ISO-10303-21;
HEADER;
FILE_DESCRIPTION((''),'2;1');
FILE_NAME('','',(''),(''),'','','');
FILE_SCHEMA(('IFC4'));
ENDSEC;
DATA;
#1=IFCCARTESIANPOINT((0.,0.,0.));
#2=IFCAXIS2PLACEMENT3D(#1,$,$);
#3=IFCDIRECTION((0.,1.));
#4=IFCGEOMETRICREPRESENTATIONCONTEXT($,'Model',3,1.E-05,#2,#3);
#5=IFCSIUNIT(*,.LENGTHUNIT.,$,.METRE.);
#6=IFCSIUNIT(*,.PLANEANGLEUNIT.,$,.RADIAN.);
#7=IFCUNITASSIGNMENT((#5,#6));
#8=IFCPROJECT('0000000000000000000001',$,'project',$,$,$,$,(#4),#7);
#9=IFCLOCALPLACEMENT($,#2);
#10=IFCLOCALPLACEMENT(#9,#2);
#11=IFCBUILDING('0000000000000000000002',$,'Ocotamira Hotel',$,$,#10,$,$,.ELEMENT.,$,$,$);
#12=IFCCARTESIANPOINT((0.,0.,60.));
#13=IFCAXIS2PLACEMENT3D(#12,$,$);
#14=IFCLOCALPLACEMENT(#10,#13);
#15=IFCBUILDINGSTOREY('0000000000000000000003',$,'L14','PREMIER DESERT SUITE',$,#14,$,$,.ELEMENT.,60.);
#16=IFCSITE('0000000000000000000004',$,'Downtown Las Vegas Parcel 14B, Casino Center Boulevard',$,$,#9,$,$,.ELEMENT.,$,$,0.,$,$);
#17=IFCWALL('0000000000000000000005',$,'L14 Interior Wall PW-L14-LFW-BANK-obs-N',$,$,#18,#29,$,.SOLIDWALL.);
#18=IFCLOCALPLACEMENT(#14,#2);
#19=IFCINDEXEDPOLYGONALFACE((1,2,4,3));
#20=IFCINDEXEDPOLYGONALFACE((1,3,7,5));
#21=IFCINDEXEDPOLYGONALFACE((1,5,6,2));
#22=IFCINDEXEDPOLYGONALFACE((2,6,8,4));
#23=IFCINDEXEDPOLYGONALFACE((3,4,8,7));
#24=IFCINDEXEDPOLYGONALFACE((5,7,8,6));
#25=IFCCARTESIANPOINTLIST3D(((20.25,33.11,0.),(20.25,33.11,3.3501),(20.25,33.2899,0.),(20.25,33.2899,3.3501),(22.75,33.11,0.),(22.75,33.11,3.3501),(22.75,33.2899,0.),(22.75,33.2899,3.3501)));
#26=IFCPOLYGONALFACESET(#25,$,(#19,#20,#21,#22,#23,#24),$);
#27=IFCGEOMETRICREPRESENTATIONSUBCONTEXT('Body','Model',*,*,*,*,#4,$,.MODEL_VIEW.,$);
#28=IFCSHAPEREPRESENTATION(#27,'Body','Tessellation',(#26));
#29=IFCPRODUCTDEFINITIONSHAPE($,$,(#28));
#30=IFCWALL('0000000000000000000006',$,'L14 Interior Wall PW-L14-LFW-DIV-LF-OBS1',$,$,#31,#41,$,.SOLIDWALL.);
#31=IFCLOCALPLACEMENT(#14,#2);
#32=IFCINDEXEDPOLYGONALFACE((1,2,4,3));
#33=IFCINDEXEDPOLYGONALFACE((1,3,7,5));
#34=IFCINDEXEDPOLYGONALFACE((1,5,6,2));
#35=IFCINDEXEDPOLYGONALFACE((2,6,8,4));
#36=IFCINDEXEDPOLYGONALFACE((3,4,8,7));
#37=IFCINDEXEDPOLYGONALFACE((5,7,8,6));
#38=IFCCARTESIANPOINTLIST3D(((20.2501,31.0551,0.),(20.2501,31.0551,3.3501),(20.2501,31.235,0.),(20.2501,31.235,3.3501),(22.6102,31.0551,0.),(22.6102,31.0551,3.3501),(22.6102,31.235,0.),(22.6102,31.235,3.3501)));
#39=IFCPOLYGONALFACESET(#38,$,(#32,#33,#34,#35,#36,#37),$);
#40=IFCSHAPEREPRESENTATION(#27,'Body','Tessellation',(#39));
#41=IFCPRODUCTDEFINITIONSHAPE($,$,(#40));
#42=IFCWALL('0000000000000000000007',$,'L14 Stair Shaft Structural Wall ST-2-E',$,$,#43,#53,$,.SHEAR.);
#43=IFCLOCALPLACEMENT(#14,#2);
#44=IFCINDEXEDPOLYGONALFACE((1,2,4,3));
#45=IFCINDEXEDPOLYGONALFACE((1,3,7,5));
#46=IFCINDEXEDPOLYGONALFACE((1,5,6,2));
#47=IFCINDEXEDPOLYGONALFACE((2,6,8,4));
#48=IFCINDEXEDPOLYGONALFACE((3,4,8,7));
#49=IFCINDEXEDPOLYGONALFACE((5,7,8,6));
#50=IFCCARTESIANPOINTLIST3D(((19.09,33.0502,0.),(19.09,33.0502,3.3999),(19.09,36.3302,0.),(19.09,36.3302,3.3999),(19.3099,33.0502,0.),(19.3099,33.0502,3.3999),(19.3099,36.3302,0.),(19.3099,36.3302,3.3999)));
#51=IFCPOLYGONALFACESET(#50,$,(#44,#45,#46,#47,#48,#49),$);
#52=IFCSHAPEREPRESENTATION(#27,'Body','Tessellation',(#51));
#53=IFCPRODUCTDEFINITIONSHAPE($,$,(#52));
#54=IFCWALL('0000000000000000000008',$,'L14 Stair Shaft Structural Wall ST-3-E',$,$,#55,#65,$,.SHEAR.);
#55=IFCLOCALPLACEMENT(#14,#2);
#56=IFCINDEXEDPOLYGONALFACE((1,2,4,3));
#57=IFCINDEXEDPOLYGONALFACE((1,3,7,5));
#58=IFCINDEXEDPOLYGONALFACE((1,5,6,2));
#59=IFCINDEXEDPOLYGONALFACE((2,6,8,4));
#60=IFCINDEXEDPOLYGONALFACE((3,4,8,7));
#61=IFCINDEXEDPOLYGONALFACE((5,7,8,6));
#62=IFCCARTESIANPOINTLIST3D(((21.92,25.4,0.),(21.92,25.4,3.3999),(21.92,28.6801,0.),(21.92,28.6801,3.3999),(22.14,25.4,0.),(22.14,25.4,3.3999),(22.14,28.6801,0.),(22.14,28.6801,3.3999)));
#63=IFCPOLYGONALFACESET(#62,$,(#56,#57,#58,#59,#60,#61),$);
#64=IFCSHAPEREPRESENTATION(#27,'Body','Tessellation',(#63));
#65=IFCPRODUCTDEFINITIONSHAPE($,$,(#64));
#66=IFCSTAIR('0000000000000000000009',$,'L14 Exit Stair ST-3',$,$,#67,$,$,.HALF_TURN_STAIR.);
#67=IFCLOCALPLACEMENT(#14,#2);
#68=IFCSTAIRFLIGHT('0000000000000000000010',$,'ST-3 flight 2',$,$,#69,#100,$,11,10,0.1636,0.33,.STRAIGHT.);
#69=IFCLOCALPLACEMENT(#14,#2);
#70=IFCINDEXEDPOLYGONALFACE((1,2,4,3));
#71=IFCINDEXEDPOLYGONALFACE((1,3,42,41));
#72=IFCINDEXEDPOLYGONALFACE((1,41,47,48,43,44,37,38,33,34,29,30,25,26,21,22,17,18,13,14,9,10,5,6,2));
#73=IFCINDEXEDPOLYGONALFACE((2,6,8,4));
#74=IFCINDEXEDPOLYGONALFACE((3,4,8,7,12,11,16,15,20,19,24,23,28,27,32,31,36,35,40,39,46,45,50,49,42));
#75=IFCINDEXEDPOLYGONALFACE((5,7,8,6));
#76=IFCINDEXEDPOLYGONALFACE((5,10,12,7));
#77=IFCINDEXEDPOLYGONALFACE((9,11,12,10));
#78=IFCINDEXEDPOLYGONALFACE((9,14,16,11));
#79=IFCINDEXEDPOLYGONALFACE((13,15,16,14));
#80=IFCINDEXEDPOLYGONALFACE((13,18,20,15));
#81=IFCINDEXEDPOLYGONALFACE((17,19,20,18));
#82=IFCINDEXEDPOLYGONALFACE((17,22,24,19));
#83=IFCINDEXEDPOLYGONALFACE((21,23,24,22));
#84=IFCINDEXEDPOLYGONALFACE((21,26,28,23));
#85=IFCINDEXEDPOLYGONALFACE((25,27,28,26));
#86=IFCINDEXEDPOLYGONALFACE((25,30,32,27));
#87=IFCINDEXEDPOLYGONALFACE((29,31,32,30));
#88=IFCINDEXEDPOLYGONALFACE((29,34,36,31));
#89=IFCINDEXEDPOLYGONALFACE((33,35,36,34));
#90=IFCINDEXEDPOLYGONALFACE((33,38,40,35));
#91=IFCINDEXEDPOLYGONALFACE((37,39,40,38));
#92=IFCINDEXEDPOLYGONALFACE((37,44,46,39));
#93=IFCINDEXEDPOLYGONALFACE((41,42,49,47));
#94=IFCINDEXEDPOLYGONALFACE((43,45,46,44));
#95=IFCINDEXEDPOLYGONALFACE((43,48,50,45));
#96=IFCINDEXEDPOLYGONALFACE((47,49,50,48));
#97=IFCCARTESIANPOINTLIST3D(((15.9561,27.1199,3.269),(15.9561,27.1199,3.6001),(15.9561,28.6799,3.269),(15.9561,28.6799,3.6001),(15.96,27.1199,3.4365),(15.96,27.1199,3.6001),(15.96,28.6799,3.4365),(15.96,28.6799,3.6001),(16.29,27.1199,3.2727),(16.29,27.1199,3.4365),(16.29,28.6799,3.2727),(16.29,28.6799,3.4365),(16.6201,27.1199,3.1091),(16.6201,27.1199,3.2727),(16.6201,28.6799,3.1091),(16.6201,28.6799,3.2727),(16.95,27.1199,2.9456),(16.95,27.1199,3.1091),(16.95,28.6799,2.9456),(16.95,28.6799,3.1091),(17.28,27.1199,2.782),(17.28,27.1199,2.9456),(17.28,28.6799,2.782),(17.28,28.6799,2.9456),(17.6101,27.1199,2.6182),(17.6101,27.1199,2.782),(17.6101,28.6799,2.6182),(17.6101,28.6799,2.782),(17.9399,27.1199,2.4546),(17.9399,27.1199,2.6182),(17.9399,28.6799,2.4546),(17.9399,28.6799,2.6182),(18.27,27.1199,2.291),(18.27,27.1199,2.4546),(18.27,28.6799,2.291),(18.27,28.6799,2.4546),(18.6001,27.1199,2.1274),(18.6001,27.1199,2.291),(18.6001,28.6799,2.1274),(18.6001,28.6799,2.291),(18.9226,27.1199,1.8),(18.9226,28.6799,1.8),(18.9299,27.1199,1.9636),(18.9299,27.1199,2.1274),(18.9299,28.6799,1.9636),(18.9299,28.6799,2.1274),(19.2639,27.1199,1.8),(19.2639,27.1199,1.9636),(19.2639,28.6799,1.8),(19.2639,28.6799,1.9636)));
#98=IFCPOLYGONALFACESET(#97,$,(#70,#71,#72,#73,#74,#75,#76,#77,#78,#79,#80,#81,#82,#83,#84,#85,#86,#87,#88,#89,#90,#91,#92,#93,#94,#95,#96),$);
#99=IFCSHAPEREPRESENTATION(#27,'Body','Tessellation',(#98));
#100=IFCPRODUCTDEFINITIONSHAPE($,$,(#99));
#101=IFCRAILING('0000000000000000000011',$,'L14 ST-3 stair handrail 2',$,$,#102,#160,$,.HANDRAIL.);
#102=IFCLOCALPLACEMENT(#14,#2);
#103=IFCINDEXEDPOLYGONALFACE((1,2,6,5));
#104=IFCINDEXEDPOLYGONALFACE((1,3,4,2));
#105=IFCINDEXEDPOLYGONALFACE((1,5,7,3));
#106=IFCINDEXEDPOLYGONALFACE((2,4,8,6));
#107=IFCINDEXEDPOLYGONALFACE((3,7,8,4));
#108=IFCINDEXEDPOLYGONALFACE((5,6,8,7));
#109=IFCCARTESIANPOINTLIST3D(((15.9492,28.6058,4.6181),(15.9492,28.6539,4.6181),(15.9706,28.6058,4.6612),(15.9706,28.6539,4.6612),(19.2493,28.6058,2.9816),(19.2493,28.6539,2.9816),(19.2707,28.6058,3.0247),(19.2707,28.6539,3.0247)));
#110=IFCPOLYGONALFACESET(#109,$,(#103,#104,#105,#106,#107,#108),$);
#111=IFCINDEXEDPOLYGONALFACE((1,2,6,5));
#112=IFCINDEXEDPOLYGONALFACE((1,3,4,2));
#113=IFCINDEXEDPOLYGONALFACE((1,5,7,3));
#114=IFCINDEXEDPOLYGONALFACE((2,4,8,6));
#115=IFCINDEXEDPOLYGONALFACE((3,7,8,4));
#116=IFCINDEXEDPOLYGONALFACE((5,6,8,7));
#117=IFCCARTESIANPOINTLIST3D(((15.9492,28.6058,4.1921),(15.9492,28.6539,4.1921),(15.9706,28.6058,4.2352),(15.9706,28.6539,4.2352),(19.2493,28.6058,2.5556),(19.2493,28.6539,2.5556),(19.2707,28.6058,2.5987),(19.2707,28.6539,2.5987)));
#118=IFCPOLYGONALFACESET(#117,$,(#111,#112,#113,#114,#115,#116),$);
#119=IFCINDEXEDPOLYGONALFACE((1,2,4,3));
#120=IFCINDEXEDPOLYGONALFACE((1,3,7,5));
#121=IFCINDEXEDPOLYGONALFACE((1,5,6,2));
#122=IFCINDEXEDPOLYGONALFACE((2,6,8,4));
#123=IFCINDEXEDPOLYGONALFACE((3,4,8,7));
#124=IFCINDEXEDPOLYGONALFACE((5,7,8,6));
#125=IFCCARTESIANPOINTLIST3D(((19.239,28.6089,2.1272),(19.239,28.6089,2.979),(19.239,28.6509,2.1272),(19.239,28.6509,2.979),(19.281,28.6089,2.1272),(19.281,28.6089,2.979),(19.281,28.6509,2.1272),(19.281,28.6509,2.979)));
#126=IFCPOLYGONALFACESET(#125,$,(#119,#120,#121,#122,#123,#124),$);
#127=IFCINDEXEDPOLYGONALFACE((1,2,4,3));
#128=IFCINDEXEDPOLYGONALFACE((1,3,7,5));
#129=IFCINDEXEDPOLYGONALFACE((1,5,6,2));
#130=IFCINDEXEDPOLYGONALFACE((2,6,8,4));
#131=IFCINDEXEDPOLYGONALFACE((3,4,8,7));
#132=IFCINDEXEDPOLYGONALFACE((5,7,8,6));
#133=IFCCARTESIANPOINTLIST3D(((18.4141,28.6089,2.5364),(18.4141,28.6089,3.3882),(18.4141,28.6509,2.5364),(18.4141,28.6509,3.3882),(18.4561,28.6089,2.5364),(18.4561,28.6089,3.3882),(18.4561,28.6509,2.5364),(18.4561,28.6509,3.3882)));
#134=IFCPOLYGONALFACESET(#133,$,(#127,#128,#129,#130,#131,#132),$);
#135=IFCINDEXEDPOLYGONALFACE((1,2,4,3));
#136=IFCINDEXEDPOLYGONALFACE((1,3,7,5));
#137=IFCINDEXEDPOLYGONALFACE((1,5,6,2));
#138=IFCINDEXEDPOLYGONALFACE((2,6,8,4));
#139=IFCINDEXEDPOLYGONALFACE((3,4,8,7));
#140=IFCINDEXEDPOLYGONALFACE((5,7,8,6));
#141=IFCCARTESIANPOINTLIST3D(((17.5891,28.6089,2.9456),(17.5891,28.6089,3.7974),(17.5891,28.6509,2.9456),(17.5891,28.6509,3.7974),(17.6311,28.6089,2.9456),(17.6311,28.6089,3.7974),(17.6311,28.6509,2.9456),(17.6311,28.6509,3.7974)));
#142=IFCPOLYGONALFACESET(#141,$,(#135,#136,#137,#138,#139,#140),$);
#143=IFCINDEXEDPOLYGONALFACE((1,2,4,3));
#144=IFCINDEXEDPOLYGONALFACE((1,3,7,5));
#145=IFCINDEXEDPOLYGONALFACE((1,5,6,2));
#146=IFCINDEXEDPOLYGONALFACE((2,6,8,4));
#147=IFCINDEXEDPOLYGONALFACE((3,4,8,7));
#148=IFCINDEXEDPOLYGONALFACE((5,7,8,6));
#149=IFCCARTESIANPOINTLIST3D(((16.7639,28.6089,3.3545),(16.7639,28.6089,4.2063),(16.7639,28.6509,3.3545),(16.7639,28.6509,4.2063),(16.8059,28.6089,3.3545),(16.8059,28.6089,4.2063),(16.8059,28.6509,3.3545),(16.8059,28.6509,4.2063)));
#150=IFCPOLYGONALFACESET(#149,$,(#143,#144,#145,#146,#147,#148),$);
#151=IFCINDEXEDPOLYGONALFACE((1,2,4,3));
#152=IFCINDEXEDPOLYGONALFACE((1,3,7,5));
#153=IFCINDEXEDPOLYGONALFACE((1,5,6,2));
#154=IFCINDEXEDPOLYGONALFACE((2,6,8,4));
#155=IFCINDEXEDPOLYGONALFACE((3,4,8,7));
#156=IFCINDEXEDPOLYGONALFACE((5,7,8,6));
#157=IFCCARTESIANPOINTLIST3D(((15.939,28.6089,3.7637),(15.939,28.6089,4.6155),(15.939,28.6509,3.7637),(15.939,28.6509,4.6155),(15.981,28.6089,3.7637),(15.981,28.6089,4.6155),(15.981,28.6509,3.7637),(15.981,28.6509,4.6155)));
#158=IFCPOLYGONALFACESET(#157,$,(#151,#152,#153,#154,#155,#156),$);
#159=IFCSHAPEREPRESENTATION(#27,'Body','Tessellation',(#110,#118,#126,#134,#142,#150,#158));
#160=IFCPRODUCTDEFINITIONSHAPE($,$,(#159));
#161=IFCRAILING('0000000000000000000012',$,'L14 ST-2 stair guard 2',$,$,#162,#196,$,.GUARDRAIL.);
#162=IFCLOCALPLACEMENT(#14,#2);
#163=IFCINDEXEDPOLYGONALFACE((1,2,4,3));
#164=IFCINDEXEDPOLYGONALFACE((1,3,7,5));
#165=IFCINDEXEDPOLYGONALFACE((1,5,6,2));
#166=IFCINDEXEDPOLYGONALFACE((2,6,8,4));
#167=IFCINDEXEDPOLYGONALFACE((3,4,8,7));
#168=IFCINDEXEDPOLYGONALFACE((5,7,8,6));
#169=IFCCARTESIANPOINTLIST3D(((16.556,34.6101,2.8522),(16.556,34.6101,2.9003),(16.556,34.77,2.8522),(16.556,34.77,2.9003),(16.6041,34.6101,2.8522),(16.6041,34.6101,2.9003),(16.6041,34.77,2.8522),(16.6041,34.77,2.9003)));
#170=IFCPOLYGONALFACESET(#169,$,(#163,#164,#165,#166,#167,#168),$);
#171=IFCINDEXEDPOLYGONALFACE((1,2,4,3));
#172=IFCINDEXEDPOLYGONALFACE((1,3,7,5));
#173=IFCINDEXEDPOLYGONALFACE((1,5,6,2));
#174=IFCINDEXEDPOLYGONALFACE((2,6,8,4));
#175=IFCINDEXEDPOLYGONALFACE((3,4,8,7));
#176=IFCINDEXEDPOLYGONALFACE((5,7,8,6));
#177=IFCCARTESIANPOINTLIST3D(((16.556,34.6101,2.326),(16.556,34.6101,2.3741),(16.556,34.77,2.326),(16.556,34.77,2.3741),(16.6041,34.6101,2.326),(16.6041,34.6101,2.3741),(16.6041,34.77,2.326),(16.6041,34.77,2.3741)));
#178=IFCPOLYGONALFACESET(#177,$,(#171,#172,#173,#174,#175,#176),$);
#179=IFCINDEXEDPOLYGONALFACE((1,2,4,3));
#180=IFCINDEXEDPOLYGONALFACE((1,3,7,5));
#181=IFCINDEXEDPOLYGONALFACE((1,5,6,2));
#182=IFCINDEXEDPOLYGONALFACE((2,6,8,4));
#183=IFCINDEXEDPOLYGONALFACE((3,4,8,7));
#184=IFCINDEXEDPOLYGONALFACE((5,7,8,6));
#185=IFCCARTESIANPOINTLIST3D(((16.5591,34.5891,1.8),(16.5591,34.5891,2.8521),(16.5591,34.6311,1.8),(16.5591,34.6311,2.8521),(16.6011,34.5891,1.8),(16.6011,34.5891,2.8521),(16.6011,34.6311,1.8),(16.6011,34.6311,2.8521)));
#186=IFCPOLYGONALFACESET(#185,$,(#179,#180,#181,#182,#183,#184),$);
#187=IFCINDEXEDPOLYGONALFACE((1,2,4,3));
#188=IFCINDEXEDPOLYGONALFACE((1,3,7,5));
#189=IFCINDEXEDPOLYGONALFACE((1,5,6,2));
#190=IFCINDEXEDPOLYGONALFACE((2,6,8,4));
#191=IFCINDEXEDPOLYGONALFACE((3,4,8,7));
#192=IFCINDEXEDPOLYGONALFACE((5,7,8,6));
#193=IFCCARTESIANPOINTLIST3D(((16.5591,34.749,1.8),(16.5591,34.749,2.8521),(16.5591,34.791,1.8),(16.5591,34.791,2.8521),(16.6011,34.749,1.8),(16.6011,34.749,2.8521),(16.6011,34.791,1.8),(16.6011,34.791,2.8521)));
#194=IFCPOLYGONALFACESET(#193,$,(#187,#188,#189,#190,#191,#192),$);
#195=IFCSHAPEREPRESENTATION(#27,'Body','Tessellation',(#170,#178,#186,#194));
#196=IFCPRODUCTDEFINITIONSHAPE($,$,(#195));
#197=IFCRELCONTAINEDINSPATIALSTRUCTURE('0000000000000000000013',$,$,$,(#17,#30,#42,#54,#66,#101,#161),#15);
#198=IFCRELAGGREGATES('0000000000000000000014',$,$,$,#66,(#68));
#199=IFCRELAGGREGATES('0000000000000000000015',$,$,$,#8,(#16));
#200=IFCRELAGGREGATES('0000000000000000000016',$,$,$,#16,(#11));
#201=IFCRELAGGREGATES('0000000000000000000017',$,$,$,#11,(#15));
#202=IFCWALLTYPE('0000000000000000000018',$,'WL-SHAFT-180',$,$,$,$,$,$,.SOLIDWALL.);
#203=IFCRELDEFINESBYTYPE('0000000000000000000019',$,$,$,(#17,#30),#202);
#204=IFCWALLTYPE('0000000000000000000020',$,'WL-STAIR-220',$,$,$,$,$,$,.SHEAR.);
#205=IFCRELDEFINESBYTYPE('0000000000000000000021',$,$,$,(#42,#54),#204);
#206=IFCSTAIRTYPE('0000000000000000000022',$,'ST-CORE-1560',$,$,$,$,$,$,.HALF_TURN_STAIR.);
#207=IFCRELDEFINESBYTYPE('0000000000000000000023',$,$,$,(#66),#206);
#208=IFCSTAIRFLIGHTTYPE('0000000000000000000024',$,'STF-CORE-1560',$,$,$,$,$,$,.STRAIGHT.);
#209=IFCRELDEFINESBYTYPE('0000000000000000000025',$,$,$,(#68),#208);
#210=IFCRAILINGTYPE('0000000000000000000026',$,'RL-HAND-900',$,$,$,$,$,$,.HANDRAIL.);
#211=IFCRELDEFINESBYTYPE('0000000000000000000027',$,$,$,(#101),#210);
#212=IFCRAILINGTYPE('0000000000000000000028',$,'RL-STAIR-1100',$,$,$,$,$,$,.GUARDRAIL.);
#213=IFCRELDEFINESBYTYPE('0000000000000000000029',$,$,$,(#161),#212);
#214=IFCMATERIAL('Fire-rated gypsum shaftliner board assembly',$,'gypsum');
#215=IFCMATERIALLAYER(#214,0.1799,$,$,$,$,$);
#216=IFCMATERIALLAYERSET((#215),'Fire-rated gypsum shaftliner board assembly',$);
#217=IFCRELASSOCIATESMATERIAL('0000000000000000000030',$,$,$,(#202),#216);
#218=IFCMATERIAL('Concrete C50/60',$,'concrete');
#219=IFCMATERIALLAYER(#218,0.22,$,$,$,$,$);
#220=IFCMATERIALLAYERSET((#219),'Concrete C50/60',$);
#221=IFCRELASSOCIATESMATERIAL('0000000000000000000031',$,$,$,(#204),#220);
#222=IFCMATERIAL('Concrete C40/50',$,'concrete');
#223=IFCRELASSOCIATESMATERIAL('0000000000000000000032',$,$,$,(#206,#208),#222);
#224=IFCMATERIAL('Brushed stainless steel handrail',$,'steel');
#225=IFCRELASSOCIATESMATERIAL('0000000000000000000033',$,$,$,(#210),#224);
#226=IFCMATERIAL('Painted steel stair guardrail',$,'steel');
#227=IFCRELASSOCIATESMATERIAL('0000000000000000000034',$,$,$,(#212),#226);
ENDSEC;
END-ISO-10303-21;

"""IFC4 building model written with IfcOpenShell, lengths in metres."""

from ifc_helpers import new_model, si_unit, direction, frame, frame_2d, origin, origin_2d, place, context, subcontext, project, spatial, polyline, rectangle, outline, extrude, source, transform, mapped, material, layer, layer_set, type_object, element, aggregate, save


model = new_model("IFC4")

# Units and contexts
model_context = context("Model", 3, precision=1e-05, world=origin(), true_north=direction((0.0, 1.0)))
body_context = subcontext(model_context, "Body", "Model", "MODEL_VIEW")
ifc_project = project(units=[si_unit("LENGTHUNIT", "METRE"), si_unit("PLANEANGLEUNIT", "RADIAN")], contexts=[model_context])

# Site, building, storey
site_placement = place(None, origin())
site = spatial("IfcSite", under=ifc_project, at=site_placement, Name="Downtown Las Vegas Parcel 14B, Casino Center Boulevard", CompositionType="ELEMENT", RefElevation=0.0)
building_placement = place(site_placement, origin())
building = spatial("IfcBuilding", under=site, at=building_placement, Name="Ocotamira Hotel", CompositionType="ELEMENT")
storey_placement = place(building_placement, frame((0.0, 0.0, 60.0)))
storey = spatial("IfcBuildingStorey", under=building, at=storey_placement, Name="L14", Description="PREMIER DESERT SUITE", CompositionType="ELEMENT", Elevation=60.0)

# Walls
ifc_material_1 = material(Name="Fire-rated gypsum shaftliner board assembly", Category="gypsum")
ifc_layer_1 = layer(ifc_material_1, 0.1799)
ifc_layer_set_1 = layer_set([ifc_layer_1], Name="Fire-rated gypsum shaftliner board assembly")
wall_type_1 = type_object("IfcWallType", Name="WL-SHAFT-180", PredefinedType="SOLIDWALL", material=ifc_layer_set_1)
wall_1_placement = place(storey_placement, frame((20.25, 33.2, 0.0), z_axis=(0.0, 0.0, 1.0), x_axis=(1.0, 0.0, 0.0)))
element("IfcWall", 1, at=wall_1_placement, inside=storey, type_object=wall_type_1, Name="L14 Interior Wall PW-L14-LFW-BANK-obs-N", PredefinedType="SOLIDWALL", context=body_context, shape_type="SweptSolid", body=[
    extrude(rectangle(XDim=2.5, YDim=0.1799, at=frame_2d((1.25, 0.0))), origin(), (0.0, 0.0, 1.0), 3.3501),
])
wall_2_placement = place(storey_placement, frame((20.25, 31.145, 0.0), z_axis=(0.0, 0.0, 1.0), x_axis=(1.0, 0.0, 0.0)))
element("IfcWall", 2, at=wall_2_placement, inside=storey, type_object=wall_type_1, Name="L14 Interior Wall PW-L14-LFW-DIV-LF-OBS1", PredefinedType="SOLIDWALL", context=body_context, shape_type="SweptSolid", body=[
    extrude(rectangle(XDim=2.3601, YDim=0.1799, at=frame_2d((1.1802, 0.0))), origin(), (0.0, 0.0, 1.0), 3.3501),
])
ifc_material_2 = material(Name="Concrete C50/60", Category="concrete")
ifc_layer_2 = layer(ifc_material_2, 0.22)
ifc_layer_set_2 = layer_set([ifc_layer_2], Name="Concrete C50/60")
wall_type_2 = type_object("IfcWallType", Name="WL-STAIR-220", PredefinedType="SHEAR", material=ifc_layer_set_2)
for number, where, z_axis, x_axis, name in (
    (3, (19.2, 33.05, 0.0), (0.0, 0.0, 1.0), (0.0, 1.0, 0.0), "L14 Stair Shaft Structural Wall ST-2-E"),
    (4, (22.03, 25.3999, 0.0), (0.0, 0.0, 1.0), (0.0, 1.0, 0.0), "L14 Stair Shaft Structural Wall ST-3-E"),
):
    element("IfcWall", number, at=place(storey_placement, frame(where, z_axis=z_axis, x_axis=x_axis)), inside=storey, type_object=wall_type_2, Name=name, PredefinedType="SHEAR", context=body_context, shape_type="SweptSolid", body=[
        extrude(rectangle(XDim=3.28, YDim=0.22, at=frame_2d((1.6401, 0.0))), origin(), (0.0, 0.0, 1.0), 3.3999),
    ])

# Stair, stair flight
ifc_material_3 = material(Name="Concrete C40/50", Category="concrete")
stair_type = type_object("IfcStairType", Name="ST-CORE-1560", PredefinedType="HALF_TURN_STAIR", material=ifc_material_3)
stair_placement = place(storey_placement, origin())
stair = element("IfcStair", 5, at=stair_placement, inside=storey, type_object=stair_type, Name="L14 Exit Stair ST-3", PredefinedType="HALF_TURN_STAIR")
stair_flight_type = type_object("IfcStairFlightType", Name="STF-CORE-1560", PredefinedType="STRAIGHT", material=ifc_material_3)
shared_shape_1 = source(origin(), body_context, "Body", "SweptSolid", [
    extrude(outline(polyline([(-0.0039, 0.0), (-0.0039, 0.1636), (0.3301, 0.1636), (0.3301, 0.3274), (0.6599, 0.3274), (0.6599, 0.491), (0.99, 0.491), (0.99, 0.6545), (1.3201, 0.6545), (1.3201, 0.8181), (1.6499, 0.8181), (1.6499, 0.9819), (1.98, 0.9819), (1.98, 1.1455), (2.3101, 1.1455), (2.3101, 1.3091), (2.6399, 1.3091), (2.6399, 1.4727), (2.97, 1.4727), (2.97, 1.6365), (3.3, 1.6365), (3.3, 1.8), (3.304, 1.8), (3.304, 1.469), (0.3374, 0.0), (-0.0039, 0.0)])), frame((0.0, 0.78, 0.0), z_axis=(0.0, -1.0, 0.0), x_axis=(1.0, 0.0, 0.0)), (0.0, 0.0, 1.0), 1.5601),
])
stair_flight_placement = place(storey_placement, frame((19.26, 27.8999, 1.8), z_axis=(0.0, 0.0, 1.0), x_axis=(-1.0, 0.0, 0.0)))
stair_flight = element("IfcStairFlight", 6, at=stair_flight_placement, type_object=stair_flight_type, Name="ST-3 flight 2", NumberOfRisers=11, NumberOfTreads=10, PredefinedType="STRAIGHT", RiserHeight=0.1636, TreadLength=0.33, context=body_context, shape_type="MappedRepresentation", body=[
    mapped(shared_shape_1, transform((0.0, 0.0, 0.0), scale=1.0)),
])
aggregate(stair, [stair_flight])

# Railings
ifc_material_4 = material(Name="Brushed stainless steel handrail", Category="steel")
railing_type_1 = type_object("IfcRailingType", Name="RL-HAND-900", PredefinedType="HANDRAIL", material=ifc_material_4)
railing_1_placement = place(storey_placement, frame((19.26, 28.6299, 2.1272)))
element("IfcRailing", 7, at=railing_1_placement, inside=storey, type_object=railing_type_1, Name="L14 ST-3 stair handrail 2", PredefinedType="HANDRAIL", context=body_context, shape_type="SweptSolid", body=[
    extrude(rectangle(XDim=0.0481, YDim=0.0481, at=origin_2d()), frame((0.0, 0.0, 0.876), z_axis=(-0.895894, 0.0, 0.444268), x_axis=(0.0, -1.0, 0.0)), (0.0, 0.0, 1.0), 3.6836),
    extrude(rectangle(XDim=0.0481, YDim=0.0481, at=origin_2d()), frame((0.0, 0.0, 0.45), z_axis=(-0.895894, 0.0, 0.444268), x_axis=(0.0, -1.0, 0.0)), (0.0, 0.0, 1.0), 3.6836),
    extrude(rectangle(XDim=0.042, YDim=0.042, at=origin_2d()), origin(), (0.0, 0.0, 1.0), 0.8518),
    extrude(rectangle(XDim=0.042, YDim=0.042, at=origin_2d()), frame((-0.825, 0.0, 0.4092)), (0.0, 0.0, 1.0), 0.8518),
    extrude(rectangle(XDim=0.042, YDim=0.042, at=origin_2d()), frame((-1.6499, 0.0, 0.8184)), (0.0, 0.0, 1.0), 0.8518),
    extrude(rectangle(XDim=0.042, YDim=0.042, at=origin_2d()), frame((-2.4751, 0.0, 1.2273)), (0.0, 0.0, 1.0), 0.8518),
    extrude(rectangle(XDim=0.042, YDim=0.042, at=origin_2d()), frame((-3.3, 0.0, 1.6365)), (0.0, 0.0, 1.0), 0.8518),
])
ifc_material_5 = material(Name="Painted steel stair guardrail", Category="steel")
railing_type_2 = type_object("IfcRailingType", Name="RL-STAIR-1100", PredefinedType="GUARDRAIL", material=ifc_material_5)
railing_2_placement = place(storey_placement, frame((16.5801, 34.6101, 1.8)))
element("IfcRailing", 8, at=railing_2_placement, inside=storey, type_object=railing_type_2, Name="L14 ST-2 stair guard 2", PredefinedType="GUARDRAIL", context=body_context, shape_type="SweptSolid", body=[
    extrude(rectangle(XDim=0.0481, YDim=0.0481, at=origin_2d()), frame((0.0, 0.0, 1.0762), z_axis=(0.0, 1.0, 0.0), x_axis=(-1.0, 0.0, 0.0)), (0.0, 0.0, 1.0), 0.1599),
    extrude(rectangle(XDim=0.0481, YDim=0.0481, at=origin_2d()), frame((0.0, 0.0, 0.55), z_axis=(0.0, 1.0, 0.0), x_axis=(-1.0, 0.0, 0.0)), (0.0, 0.0, 1.0), 0.1599),
    extrude(rectangle(XDim=0.042, YDim=0.042, at=origin_2d()), origin(), (0.0, 0.0, 1.0), 1.052),
    extrude(rectangle(XDim=0.042, YDim=0.042, at=origin_2d()), frame((0.0, 0.1599, 0.0)), (0.0, 0.0, 1.0), 1.052),
])

save(model, "model.ifc")
